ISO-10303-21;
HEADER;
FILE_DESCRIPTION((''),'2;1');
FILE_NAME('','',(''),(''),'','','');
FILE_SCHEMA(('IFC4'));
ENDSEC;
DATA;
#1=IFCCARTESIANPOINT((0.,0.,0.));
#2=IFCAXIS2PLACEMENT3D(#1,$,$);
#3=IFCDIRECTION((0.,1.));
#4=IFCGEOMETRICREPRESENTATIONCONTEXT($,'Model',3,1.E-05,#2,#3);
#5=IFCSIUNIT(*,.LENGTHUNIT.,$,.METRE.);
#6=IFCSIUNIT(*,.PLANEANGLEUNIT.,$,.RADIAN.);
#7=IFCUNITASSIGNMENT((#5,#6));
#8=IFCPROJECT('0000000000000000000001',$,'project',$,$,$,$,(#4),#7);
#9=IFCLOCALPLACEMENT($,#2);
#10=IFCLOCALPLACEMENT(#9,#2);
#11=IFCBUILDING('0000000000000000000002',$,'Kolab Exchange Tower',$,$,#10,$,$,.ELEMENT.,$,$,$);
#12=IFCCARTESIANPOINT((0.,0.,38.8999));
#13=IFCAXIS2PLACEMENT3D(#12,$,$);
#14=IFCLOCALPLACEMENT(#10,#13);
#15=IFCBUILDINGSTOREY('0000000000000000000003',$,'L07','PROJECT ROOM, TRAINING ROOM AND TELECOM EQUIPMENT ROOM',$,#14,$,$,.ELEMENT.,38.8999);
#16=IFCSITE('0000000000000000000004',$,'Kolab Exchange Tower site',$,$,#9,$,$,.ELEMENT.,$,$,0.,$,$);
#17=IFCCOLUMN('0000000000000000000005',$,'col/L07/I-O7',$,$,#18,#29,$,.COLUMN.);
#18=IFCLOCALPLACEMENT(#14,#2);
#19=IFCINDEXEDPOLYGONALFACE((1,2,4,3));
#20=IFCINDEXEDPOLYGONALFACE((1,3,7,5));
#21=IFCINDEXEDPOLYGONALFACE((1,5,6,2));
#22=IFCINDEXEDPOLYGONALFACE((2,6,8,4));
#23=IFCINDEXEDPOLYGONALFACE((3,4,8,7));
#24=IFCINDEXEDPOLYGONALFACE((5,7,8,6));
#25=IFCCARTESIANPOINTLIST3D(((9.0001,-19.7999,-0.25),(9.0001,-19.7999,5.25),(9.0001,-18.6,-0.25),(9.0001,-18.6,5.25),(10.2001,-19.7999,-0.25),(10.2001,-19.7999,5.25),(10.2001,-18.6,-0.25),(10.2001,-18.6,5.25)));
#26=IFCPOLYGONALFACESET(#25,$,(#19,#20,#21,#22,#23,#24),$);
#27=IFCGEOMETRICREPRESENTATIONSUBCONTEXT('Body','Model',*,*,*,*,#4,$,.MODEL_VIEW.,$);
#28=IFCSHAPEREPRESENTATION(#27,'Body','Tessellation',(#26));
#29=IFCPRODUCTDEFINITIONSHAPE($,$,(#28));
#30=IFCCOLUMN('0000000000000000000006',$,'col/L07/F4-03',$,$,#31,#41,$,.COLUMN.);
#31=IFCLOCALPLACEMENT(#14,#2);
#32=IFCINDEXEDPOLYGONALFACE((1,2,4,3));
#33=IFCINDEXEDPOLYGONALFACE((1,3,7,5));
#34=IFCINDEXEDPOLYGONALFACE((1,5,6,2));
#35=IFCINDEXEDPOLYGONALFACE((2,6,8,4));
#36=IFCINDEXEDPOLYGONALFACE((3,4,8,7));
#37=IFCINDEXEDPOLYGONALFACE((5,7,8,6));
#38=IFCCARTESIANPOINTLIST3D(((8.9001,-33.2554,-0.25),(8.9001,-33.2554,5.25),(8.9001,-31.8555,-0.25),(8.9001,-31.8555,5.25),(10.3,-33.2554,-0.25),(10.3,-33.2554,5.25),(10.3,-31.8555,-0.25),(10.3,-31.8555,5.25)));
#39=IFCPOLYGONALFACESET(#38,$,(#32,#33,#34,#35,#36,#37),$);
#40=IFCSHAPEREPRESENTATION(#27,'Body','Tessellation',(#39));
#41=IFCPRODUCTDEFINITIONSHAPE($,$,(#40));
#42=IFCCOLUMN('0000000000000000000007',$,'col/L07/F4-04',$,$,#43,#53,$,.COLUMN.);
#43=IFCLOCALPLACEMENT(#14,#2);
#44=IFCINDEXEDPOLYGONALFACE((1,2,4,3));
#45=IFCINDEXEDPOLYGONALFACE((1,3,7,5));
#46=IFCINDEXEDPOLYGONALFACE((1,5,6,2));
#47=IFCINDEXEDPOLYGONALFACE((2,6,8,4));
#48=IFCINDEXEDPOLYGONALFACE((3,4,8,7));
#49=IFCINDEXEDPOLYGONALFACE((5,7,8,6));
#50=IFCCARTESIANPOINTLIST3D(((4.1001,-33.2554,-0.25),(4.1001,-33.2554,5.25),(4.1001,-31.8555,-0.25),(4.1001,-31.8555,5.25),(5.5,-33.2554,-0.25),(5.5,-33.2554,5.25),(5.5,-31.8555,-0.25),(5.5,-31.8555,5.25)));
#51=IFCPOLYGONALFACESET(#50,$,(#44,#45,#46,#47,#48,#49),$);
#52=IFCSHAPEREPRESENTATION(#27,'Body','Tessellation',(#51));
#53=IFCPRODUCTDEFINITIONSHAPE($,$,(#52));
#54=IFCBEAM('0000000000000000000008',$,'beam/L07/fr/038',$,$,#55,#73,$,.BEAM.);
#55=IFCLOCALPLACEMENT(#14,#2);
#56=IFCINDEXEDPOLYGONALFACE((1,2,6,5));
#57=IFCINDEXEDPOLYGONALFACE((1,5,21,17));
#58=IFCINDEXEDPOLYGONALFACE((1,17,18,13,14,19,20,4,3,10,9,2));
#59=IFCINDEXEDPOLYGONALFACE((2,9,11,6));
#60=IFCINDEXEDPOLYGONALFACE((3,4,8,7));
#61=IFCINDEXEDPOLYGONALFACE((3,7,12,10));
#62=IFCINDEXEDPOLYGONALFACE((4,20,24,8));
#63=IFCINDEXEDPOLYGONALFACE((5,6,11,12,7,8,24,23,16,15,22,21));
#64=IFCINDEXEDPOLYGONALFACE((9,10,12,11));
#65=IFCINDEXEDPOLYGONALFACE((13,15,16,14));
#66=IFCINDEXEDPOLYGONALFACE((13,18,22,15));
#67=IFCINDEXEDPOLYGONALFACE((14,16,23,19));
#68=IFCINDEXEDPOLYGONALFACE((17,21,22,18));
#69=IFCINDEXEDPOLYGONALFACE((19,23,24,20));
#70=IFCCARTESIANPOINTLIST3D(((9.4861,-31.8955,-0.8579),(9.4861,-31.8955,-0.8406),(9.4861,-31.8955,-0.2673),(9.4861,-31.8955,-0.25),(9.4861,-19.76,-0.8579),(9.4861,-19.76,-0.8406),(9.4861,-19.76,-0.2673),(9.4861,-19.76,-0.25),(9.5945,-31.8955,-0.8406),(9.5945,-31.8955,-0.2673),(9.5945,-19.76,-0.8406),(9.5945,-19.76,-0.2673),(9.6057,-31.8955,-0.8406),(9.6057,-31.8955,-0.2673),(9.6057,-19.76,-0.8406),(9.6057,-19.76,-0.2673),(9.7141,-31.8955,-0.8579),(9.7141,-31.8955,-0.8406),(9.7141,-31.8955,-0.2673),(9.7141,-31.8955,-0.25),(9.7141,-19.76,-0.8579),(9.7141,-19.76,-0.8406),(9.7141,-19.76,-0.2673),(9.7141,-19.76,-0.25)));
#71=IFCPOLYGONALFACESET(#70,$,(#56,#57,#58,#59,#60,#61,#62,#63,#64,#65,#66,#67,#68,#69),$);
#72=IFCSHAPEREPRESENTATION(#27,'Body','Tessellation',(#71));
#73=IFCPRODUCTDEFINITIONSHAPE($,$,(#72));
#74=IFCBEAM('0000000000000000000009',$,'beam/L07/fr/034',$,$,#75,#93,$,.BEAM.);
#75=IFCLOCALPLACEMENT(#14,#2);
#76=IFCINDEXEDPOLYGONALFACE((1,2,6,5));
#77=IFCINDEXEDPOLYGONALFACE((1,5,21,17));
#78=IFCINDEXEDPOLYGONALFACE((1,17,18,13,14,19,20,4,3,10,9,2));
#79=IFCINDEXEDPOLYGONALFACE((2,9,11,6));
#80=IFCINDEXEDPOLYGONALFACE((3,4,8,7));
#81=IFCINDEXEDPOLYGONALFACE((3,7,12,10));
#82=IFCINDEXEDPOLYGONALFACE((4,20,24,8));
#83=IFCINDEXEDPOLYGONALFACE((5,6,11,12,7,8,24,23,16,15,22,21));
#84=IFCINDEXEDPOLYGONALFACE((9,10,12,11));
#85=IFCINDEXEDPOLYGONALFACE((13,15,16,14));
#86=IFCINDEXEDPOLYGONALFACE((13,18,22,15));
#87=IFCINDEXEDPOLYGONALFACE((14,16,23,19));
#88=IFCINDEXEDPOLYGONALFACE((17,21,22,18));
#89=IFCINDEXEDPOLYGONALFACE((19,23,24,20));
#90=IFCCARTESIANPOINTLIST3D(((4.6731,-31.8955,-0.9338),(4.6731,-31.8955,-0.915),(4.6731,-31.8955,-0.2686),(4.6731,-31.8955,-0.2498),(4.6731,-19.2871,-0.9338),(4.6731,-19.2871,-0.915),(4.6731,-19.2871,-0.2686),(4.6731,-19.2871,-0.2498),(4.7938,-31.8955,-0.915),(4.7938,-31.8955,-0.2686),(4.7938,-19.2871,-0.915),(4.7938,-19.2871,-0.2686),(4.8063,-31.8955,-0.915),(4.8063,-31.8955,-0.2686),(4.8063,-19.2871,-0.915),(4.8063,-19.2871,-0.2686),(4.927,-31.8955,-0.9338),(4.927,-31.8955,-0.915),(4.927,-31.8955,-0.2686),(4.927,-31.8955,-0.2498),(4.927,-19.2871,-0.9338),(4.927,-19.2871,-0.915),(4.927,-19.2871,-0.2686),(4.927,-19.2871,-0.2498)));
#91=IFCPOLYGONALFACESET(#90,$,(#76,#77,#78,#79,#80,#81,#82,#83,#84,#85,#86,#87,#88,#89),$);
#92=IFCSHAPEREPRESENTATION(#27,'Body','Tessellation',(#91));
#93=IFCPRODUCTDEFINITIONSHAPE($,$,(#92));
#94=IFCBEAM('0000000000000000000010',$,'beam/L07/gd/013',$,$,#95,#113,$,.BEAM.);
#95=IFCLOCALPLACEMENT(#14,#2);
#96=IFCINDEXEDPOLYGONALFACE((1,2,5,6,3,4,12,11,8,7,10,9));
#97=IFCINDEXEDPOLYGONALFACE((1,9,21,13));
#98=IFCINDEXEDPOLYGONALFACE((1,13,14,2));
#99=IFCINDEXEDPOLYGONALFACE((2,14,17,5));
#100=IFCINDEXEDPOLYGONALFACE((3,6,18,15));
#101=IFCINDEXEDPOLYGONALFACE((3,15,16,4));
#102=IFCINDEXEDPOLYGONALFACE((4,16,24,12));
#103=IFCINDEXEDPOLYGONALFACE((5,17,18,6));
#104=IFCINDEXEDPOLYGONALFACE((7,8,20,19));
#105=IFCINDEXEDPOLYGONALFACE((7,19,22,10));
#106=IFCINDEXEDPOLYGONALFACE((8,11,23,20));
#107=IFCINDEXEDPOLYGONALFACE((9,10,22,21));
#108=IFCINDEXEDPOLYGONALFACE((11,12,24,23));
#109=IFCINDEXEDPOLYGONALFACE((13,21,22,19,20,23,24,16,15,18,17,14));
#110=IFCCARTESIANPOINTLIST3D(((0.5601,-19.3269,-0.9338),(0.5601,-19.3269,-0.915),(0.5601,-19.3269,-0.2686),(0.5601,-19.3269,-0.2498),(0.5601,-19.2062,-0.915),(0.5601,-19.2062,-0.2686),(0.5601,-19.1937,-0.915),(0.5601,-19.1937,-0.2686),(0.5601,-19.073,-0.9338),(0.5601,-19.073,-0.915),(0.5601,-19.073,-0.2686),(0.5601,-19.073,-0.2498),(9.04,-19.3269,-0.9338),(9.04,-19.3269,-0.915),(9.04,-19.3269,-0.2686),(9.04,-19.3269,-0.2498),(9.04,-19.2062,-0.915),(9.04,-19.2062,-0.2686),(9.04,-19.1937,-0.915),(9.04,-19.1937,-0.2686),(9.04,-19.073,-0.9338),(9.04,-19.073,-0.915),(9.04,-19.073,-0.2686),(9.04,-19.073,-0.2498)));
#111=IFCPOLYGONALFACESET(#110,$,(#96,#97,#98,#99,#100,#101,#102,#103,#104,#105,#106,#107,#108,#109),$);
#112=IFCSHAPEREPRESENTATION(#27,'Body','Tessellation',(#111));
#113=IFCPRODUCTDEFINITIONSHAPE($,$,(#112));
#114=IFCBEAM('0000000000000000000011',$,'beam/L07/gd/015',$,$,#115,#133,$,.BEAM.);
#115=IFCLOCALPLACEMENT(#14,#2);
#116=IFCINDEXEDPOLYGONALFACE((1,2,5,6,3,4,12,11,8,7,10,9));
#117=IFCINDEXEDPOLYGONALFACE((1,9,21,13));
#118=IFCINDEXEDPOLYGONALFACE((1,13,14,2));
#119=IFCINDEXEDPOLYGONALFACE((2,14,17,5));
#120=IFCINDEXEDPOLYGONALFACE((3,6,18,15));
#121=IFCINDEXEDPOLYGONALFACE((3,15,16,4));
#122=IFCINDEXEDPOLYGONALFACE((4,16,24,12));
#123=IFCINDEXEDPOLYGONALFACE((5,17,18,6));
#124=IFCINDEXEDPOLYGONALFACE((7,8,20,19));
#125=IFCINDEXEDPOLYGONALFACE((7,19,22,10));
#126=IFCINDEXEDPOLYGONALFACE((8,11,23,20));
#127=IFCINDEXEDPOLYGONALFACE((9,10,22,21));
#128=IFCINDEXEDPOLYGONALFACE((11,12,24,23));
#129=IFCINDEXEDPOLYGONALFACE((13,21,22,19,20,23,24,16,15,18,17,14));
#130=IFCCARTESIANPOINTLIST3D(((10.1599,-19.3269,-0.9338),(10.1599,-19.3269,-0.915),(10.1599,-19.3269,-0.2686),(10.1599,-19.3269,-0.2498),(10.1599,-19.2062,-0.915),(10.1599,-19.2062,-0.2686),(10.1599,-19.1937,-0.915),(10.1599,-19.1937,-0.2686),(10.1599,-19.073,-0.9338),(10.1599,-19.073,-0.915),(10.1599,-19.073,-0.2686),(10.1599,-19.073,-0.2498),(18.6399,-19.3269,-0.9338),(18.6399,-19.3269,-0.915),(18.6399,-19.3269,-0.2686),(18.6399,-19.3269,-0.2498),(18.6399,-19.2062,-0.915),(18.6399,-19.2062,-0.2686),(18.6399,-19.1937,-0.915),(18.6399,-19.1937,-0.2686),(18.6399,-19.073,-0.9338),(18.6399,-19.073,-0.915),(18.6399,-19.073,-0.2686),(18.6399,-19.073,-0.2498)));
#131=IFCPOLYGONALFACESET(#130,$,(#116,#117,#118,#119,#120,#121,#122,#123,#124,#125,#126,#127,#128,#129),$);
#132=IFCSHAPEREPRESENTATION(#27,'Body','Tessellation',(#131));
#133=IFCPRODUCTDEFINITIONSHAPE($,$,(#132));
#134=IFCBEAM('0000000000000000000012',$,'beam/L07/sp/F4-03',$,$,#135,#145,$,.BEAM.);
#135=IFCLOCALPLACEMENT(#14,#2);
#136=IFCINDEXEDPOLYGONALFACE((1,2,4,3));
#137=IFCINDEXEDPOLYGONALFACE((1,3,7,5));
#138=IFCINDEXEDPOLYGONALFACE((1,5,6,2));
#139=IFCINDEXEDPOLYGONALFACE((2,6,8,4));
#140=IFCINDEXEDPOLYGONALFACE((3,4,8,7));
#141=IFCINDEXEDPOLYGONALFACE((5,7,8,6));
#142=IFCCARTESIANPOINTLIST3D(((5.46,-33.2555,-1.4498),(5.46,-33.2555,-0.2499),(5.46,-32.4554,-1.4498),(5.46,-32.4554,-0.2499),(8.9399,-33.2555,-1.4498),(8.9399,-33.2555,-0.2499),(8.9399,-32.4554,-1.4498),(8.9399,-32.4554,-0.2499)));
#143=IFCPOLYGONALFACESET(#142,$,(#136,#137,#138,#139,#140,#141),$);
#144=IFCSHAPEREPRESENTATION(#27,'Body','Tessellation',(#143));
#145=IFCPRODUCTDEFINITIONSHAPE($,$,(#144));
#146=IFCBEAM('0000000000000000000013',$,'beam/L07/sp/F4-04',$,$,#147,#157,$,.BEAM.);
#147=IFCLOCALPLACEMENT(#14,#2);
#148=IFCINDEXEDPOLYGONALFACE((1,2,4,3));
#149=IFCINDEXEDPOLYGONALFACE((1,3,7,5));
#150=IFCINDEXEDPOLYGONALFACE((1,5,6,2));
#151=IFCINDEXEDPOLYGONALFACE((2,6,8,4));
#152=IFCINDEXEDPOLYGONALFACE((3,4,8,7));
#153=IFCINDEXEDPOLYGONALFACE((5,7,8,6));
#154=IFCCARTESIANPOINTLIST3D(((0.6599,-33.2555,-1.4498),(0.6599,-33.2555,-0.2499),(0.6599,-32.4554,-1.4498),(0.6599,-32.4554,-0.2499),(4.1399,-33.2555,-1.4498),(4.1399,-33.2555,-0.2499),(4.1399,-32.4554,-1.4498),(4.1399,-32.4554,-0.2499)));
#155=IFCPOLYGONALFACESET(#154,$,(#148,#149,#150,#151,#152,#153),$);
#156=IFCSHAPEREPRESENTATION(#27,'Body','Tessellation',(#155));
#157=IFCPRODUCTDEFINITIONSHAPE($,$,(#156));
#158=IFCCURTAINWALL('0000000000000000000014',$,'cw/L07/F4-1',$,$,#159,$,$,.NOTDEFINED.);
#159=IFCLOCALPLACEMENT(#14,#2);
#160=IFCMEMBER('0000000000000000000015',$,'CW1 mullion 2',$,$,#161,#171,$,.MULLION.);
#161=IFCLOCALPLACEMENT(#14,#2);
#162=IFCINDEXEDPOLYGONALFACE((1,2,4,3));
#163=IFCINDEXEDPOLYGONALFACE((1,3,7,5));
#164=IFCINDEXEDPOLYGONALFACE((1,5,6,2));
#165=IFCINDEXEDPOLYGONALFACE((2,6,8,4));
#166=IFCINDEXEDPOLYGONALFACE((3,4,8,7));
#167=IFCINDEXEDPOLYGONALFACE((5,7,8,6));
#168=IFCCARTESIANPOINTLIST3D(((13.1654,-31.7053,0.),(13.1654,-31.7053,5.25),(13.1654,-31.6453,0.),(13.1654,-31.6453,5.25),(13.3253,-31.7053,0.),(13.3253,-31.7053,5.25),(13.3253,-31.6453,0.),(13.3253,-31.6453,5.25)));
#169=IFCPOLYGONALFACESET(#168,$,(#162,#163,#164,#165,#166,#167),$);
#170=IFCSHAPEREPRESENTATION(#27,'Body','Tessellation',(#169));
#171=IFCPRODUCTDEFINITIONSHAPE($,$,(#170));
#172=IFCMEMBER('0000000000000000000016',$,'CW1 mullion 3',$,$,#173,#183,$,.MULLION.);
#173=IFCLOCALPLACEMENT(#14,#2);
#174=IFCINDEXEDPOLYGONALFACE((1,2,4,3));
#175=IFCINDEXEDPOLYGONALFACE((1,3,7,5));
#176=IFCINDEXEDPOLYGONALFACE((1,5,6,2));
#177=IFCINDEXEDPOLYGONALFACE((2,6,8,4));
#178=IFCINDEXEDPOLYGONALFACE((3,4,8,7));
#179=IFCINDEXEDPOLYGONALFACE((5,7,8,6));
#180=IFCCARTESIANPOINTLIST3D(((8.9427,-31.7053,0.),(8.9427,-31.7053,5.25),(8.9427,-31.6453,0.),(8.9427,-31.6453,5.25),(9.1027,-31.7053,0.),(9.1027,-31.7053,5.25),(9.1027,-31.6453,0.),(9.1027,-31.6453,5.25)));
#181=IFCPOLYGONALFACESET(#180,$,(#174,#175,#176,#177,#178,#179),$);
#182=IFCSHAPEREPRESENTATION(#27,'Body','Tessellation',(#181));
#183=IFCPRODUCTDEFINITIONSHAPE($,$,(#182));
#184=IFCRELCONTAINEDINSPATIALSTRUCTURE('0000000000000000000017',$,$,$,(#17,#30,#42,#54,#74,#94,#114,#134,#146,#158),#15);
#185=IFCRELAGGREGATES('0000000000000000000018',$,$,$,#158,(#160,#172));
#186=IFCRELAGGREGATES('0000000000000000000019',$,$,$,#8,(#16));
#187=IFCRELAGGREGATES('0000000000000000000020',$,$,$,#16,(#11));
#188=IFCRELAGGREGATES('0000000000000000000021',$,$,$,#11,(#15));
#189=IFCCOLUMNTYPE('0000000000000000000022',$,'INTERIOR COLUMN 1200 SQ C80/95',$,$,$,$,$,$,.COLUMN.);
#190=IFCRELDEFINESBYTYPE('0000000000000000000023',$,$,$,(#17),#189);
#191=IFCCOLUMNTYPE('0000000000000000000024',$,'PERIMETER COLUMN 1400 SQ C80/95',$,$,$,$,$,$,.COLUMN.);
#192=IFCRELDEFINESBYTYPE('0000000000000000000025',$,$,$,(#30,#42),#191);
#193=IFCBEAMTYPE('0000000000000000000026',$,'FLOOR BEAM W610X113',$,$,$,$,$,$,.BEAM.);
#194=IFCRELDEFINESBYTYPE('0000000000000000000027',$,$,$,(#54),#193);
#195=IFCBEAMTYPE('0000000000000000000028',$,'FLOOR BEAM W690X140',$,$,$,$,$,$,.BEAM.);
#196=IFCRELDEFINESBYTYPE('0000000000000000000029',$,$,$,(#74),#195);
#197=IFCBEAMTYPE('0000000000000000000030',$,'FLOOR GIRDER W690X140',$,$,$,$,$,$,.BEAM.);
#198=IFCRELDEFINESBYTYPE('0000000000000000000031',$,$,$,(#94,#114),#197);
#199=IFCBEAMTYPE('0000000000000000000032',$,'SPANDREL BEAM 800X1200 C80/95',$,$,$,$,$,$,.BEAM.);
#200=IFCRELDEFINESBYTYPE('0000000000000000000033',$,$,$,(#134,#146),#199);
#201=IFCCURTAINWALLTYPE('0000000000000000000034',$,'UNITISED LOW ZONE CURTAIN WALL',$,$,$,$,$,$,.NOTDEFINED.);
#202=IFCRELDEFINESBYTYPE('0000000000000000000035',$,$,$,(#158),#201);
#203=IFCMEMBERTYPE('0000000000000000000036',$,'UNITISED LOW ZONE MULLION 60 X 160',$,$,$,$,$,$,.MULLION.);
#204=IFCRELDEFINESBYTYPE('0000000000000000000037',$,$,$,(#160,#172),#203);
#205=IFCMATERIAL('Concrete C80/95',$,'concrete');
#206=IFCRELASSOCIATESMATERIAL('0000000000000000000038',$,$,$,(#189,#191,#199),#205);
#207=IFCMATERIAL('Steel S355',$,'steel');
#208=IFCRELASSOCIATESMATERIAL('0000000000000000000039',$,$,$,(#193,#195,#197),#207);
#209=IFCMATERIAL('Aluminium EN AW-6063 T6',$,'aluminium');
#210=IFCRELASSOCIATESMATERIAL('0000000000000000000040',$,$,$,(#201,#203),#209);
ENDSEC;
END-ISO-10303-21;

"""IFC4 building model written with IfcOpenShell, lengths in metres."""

from ifc_helpers import new_model, si_unit, direction, frame, origin, origin_2d, place, context, subcontext, project, spatial, rectangle, i_section, extrude, material, material_profile, profile_set, type_object, element, aggregate, save


model = new_model("IFC4")

# Units and contexts
model_context = context("Model", 3, precision=1e-05, world=origin(), true_north=direction((0.0, 1.0)))
body_context = subcontext(model_context, "Body", "Model", "MODEL_VIEW")
ifc_project = project(units=[si_unit("LENGTHUNIT", "METRE"), si_unit("PLANEANGLEUNIT", "RADIAN")], contexts=[model_context])

# Site, building, storey
site_placement = place(None, origin())
site = spatial("IfcSite", under=ifc_project, at=site_placement, Name="Kolab Exchange Tower site", CompositionType="ELEMENT", RefElevation=0.0)
building_placement = place(site_placement, origin())
building = spatial("IfcBuilding", under=site, at=building_placement, Name="Kolab Exchange Tower", CompositionType="ELEMENT")
storey_placement = place(building_placement, frame((0.0, 0.0, 38.8999)))
storey = spatial("IfcBuildingStorey", under=building, at=storey_placement, Name="L07", Description="PROJECT ROOM, TRAINING ROOM AND TELECOM EQUIPMENT ROOM", CompositionType="ELEMENT", Elevation=38.8999)

# Columns
ifc_material_1 = material(Name="Concrete C80/95", Category="concrete")
ifc_material_profile_1 = material_profile(ifc_material_1, rectangle(XDim=1.2, YDim=1.2, at=origin_2d()), Name="RC1200")
ifc_profile_set_1 = profile_set([ifc_material_profile_1], Name="Concrete C80/95")
column_type_1 = type_object("IfcColumnType", Name="INTERIOR COLUMN 1200 SQ C80/95", PredefinedType="COLUMN", material=ifc_profile_set_1)
column_placement = place(storey_placement, frame((9.6001, -19.2, -0.25), z_axis=(0.0, 0.0, 1.0), x_axis=(1.0, 0.0, 0.0)))
element("IfcColumn", 1, at=column_placement, inside=storey, type_object=column_type_1, Name="col/L07/I-O7", PredefinedType="COLUMN", context=body_context, shape_type="SweptSolid", body=[
    extrude(rectangle(XDim=1.2, YDim=1.2, at=origin_2d()), origin(), (0.0, 0.0, 1.0), 5.5),
])
ifc_material_profile_2 = material_profile(ifc_material_1, rectangle(XDim=1.3999, YDim=1.3999, at=origin_2d()), Name="RC1400")
ifc_profile_set_2 = profile_set([ifc_material_profile_2], Name="Concrete C80/95")
column_type_2 = type_object("IfcColumnType", Name="PERIMETER COLUMN 1400 SQ C80/95", PredefinedType="COLUMN", material=ifc_profile_set_2)
for number, where, z_axis, x_axis, name in (
    (2, (9.6001, -32.5554, -0.25), (0.0, 0.0, 1.0), (1.0, 0.0, 0.0), "col/L07/F4-03"),
    (3, (4.8, -32.5554, -0.25), (0.0, 0.0, 1.0), (1.0, 0.0, 0.0), "col/L07/F4-04"),
):
    element("IfcColumn", number, at=place(storey_placement, frame(where, z_axis=z_axis, x_axis=x_axis)), inside=storey, type_object=column_type_2, Name=name, PredefinedType="COLUMN", context=body_context, shape_type="SweptSolid", body=[
        extrude(rectangle(XDim=1.3999, YDim=1.3999, at=origin_2d()), origin(), (0.0, 0.0, 1.0), 5.5),
    ])

# Beams
ifc_material_2 = material(Name="Steel S355", Category="steel")
ifc_material_profile_3 = material_profile(ifc_material_2, i_section(OverallWidth=0.228, OverallDepth=0.6079, WebThickness=0.0112, FlangeThickness=0.0173, at=origin_2d()), Name="W610X113")
ifc_profile_set_3 = profile_set([ifc_material_profile_3], Name="Steel S355")
beam_type_1 = type_object("IfcBeamType", Name="FLOOR BEAM W610X113", PredefinedType="BEAM", material=ifc_profile_set_3)
beam_1_placement = place(storey_placement, frame((9.6001, -31.8955, -0.554), z_axis=(0.0, 1.0, 0.0), x_axis=(-1.0, 0.0, 0.0)))
element("IfcBeam", 4, at=beam_1_placement, inside=storey, type_object=beam_type_1, Name="beam/L07/fr/038", PredefinedType="BEAM", context=body_context, shape_type="SweptSolid", body=[
    extrude(i_section(OverallWidth=0.228, OverallDepth=0.6079, WebThickness=0.0112, FlangeThickness=0.0173, at=origin_2d()), origin(), (0.0, 0.0, 1.0), 12.1355),
])
ifc_material_profile_4 = material_profile(ifc_material_2, i_section(OverallWidth=0.2539, OverallDepth=0.6841, WebThickness=0.0125, FlangeThickness=0.0188, at=origin_2d()), Name="W690X140")
ifc_profile_set_4 = profile_set([ifc_material_profile_4], Name="Steel S355")
beam_type_2 = type_object("IfcBeamType", Name="FLOOR BEAM W690X140", PredefinedType="BEAM", material=ifc_profile_set_4)
beam_2_placement = place(storey_placement, frame((4.8, -31.8955, -0.5918), z_axis=(0.0, 1.0, 0.0), x_axis=(-1.0, 0.0, 0.0)))
element("IfcBeam", 5, at=beam_2_placement, inside=storey, type_object=beam_type_2, Name="beam/L07/fr/034", PredefinedType="BEAM", context=body_context, shape_type="SweptSolid", body=[
    extrude(i_section(OverallWidth=0.2539, OverallDepth=0.6841, WebThickness=0.0125, FlangeThickness=0.0188, at=origin_2d()), origin(), (0.0, 0.0, 1.0), 12.6084),
])
ifc_material_profile_5 = material_profile(ifc_material_2, i_section(OverallWidth=0.2539, OverallDepth=0.6841, WebThickness=0.0125, FlangeThickness=0.0188, at=origin_2d()), Name="W690X140")
ifc_profile_set_5 = profile_set([ifc_material_profile_5], Name="Steel S355")
beam_type_3 = type_object("IfcBeamType", Name="FLOOR GIRDER W690X140", PredefinedType="BEAM", material=ifc_profile_set_5)
for number, where, z_axis, x_axis, name in (
    (6, (0.5601, -19.2, -0.5918), (1.0, 0.0, 0.0), (0.0, 1.0, 0.0), "beam/L07/gd/013"),
    (7, (10.1599, -19.2, -0.5918), (1.0, 0.0, 0.0), (0.0, 1.0, 0.0), "beam/L07/gd/015"),
):
    element("IfcBeam", number, at=place(storey_placement, frame(where, z_axis=z_axis, x_axis=x_axis)), inside=storey, type_object=beam_type_3, Name=name, PredefinedType="BEAM", context=body_context, shape_type="SweptSolid", body=[
        extrude(i_section(OverallWidth=0.2539, OverallDepth=0.6841, WebThickness=0.0125, FlangeThickness=0.0188, at=origin_2d()), origin(), (0.0, 0.0, 1.0), 8.48),
    ])
ifc_material_profile_6 = material_profile(ifc_material_1, rectangle(XDim=0.8, YDim=1.2, at=origin_2d()), Name="RC800X1200")
ifc_profile_set_6 = profile_set([ifc_material_profile_6], Name="Concrete C80/95")
beam_type_4 = type_object("IfcBeamType", Name="SPANDREL BEAM 800X1200 C80/95", PredefinedType="BEAM", material=ifc_profile_set_6)
for number, where, z_axis, x_axis, name in (
    (8, (8.9399, -32.8555, -0.8499), (-1.0, 0.0, 0.0), (0.0, -1.0, 0.0), "beam/L07/sp/F4-03"),
    (9, (4.1399, -32.8555, -0.8499), (-1.0, 0.0, 0.0), (0.0, -1.0, 0.0), "beam/L07/sp/F4-04"),
):
    element("IfcBeam", number, at=place(storey_placement, frame(where, z_axis=z_axis, x_axis=x_axis)), inside=storey, type_object=beam_type_4, Name=name, PredefinedType="BEAM", context=body_context, shape_type="SweptSolid", body=[
        extrude(rectangle(XDim=0.8, YDim=1.2, at=origin_2d()), origin(), (0.0, 0.0, 1.0), 3.48),
    ])

# Curtain wall, members
ifc_material_3 = material(Name="Aluminium EN AW-6063 T6", Category="aluminium")
curtain_wall_type = type_object("IfcCurtainWallType", Name="UNITISED LOW ZONE CURTAIN WALL", PredefinedType="NOTDEFINED", material=ifc_material_3)
curtain_wall_placement = place(storey_placement, origin())
curtain_wall = element("IfcCurtainWall", 10, at=curtain_wall_placement, inside=storey, type_object=curtain_wall_type, Name="cw/L07/F4-1", PredefinedType="NOTDEFINED")
ifc_material_profile_7 = material_profile(ifc_material_3, rectangle(XDim=0.0601, YDim=0.1599, at=origin_2d()), Name="RECT 60X160")
ifc_profile_set_7 = profile_set([ifc_material_profile_7], Name="Aluminium EN AW-6063 T6")
member_type_1 = type_object("IfcMemberType", Name="UNITISED LOW ZONE MULLION 60 X 160", PredefinedType="MULLION", material=ifc_profile_set_7)
member_1_placement = place(storey_placement, frame((13.2454, -31.6753, 0.0), z_axis=(0.0, 0.0, 1.0), x_axis=(0.0, -1.0, 0.0)))
member_1 = element("IfcMember", 11, at=member_1_placement, type_object=member_type_1, Name="CW1 mullion 2", PredefinedType="MULLION", context=body_context, shape_type="SweptSolid", body=[
    extrude(rectangle(XDim=0.0601, YDim=0.1599, at=origin_2d()), origin(), (0.0, 0.0, 1.0), 5.25),
])
member_2_placement = place(storey_placement, frame((9.0227, -31.6753, 0.0), z_axis=(0.0, 0.0, 1.0), x_axis=(0.0, -1.0, 0.0)))
member_2 = element("IfcMember", 12, at=member_2_placement, type_object=member_type_1, Name="CW1 mullion 3", PredefinedType="MULLION", context=body_context, shape_type="SweptSolid", body=[
    extrude(rectangle(XDim=0.0601, YDim=0.1599, at=origin_2d()), origin(), (0.0, 0.0, 1.0), 5.25),
])
aggregate(curtain_wall, [member_1, member_2])

save(model, "model.ifc")
